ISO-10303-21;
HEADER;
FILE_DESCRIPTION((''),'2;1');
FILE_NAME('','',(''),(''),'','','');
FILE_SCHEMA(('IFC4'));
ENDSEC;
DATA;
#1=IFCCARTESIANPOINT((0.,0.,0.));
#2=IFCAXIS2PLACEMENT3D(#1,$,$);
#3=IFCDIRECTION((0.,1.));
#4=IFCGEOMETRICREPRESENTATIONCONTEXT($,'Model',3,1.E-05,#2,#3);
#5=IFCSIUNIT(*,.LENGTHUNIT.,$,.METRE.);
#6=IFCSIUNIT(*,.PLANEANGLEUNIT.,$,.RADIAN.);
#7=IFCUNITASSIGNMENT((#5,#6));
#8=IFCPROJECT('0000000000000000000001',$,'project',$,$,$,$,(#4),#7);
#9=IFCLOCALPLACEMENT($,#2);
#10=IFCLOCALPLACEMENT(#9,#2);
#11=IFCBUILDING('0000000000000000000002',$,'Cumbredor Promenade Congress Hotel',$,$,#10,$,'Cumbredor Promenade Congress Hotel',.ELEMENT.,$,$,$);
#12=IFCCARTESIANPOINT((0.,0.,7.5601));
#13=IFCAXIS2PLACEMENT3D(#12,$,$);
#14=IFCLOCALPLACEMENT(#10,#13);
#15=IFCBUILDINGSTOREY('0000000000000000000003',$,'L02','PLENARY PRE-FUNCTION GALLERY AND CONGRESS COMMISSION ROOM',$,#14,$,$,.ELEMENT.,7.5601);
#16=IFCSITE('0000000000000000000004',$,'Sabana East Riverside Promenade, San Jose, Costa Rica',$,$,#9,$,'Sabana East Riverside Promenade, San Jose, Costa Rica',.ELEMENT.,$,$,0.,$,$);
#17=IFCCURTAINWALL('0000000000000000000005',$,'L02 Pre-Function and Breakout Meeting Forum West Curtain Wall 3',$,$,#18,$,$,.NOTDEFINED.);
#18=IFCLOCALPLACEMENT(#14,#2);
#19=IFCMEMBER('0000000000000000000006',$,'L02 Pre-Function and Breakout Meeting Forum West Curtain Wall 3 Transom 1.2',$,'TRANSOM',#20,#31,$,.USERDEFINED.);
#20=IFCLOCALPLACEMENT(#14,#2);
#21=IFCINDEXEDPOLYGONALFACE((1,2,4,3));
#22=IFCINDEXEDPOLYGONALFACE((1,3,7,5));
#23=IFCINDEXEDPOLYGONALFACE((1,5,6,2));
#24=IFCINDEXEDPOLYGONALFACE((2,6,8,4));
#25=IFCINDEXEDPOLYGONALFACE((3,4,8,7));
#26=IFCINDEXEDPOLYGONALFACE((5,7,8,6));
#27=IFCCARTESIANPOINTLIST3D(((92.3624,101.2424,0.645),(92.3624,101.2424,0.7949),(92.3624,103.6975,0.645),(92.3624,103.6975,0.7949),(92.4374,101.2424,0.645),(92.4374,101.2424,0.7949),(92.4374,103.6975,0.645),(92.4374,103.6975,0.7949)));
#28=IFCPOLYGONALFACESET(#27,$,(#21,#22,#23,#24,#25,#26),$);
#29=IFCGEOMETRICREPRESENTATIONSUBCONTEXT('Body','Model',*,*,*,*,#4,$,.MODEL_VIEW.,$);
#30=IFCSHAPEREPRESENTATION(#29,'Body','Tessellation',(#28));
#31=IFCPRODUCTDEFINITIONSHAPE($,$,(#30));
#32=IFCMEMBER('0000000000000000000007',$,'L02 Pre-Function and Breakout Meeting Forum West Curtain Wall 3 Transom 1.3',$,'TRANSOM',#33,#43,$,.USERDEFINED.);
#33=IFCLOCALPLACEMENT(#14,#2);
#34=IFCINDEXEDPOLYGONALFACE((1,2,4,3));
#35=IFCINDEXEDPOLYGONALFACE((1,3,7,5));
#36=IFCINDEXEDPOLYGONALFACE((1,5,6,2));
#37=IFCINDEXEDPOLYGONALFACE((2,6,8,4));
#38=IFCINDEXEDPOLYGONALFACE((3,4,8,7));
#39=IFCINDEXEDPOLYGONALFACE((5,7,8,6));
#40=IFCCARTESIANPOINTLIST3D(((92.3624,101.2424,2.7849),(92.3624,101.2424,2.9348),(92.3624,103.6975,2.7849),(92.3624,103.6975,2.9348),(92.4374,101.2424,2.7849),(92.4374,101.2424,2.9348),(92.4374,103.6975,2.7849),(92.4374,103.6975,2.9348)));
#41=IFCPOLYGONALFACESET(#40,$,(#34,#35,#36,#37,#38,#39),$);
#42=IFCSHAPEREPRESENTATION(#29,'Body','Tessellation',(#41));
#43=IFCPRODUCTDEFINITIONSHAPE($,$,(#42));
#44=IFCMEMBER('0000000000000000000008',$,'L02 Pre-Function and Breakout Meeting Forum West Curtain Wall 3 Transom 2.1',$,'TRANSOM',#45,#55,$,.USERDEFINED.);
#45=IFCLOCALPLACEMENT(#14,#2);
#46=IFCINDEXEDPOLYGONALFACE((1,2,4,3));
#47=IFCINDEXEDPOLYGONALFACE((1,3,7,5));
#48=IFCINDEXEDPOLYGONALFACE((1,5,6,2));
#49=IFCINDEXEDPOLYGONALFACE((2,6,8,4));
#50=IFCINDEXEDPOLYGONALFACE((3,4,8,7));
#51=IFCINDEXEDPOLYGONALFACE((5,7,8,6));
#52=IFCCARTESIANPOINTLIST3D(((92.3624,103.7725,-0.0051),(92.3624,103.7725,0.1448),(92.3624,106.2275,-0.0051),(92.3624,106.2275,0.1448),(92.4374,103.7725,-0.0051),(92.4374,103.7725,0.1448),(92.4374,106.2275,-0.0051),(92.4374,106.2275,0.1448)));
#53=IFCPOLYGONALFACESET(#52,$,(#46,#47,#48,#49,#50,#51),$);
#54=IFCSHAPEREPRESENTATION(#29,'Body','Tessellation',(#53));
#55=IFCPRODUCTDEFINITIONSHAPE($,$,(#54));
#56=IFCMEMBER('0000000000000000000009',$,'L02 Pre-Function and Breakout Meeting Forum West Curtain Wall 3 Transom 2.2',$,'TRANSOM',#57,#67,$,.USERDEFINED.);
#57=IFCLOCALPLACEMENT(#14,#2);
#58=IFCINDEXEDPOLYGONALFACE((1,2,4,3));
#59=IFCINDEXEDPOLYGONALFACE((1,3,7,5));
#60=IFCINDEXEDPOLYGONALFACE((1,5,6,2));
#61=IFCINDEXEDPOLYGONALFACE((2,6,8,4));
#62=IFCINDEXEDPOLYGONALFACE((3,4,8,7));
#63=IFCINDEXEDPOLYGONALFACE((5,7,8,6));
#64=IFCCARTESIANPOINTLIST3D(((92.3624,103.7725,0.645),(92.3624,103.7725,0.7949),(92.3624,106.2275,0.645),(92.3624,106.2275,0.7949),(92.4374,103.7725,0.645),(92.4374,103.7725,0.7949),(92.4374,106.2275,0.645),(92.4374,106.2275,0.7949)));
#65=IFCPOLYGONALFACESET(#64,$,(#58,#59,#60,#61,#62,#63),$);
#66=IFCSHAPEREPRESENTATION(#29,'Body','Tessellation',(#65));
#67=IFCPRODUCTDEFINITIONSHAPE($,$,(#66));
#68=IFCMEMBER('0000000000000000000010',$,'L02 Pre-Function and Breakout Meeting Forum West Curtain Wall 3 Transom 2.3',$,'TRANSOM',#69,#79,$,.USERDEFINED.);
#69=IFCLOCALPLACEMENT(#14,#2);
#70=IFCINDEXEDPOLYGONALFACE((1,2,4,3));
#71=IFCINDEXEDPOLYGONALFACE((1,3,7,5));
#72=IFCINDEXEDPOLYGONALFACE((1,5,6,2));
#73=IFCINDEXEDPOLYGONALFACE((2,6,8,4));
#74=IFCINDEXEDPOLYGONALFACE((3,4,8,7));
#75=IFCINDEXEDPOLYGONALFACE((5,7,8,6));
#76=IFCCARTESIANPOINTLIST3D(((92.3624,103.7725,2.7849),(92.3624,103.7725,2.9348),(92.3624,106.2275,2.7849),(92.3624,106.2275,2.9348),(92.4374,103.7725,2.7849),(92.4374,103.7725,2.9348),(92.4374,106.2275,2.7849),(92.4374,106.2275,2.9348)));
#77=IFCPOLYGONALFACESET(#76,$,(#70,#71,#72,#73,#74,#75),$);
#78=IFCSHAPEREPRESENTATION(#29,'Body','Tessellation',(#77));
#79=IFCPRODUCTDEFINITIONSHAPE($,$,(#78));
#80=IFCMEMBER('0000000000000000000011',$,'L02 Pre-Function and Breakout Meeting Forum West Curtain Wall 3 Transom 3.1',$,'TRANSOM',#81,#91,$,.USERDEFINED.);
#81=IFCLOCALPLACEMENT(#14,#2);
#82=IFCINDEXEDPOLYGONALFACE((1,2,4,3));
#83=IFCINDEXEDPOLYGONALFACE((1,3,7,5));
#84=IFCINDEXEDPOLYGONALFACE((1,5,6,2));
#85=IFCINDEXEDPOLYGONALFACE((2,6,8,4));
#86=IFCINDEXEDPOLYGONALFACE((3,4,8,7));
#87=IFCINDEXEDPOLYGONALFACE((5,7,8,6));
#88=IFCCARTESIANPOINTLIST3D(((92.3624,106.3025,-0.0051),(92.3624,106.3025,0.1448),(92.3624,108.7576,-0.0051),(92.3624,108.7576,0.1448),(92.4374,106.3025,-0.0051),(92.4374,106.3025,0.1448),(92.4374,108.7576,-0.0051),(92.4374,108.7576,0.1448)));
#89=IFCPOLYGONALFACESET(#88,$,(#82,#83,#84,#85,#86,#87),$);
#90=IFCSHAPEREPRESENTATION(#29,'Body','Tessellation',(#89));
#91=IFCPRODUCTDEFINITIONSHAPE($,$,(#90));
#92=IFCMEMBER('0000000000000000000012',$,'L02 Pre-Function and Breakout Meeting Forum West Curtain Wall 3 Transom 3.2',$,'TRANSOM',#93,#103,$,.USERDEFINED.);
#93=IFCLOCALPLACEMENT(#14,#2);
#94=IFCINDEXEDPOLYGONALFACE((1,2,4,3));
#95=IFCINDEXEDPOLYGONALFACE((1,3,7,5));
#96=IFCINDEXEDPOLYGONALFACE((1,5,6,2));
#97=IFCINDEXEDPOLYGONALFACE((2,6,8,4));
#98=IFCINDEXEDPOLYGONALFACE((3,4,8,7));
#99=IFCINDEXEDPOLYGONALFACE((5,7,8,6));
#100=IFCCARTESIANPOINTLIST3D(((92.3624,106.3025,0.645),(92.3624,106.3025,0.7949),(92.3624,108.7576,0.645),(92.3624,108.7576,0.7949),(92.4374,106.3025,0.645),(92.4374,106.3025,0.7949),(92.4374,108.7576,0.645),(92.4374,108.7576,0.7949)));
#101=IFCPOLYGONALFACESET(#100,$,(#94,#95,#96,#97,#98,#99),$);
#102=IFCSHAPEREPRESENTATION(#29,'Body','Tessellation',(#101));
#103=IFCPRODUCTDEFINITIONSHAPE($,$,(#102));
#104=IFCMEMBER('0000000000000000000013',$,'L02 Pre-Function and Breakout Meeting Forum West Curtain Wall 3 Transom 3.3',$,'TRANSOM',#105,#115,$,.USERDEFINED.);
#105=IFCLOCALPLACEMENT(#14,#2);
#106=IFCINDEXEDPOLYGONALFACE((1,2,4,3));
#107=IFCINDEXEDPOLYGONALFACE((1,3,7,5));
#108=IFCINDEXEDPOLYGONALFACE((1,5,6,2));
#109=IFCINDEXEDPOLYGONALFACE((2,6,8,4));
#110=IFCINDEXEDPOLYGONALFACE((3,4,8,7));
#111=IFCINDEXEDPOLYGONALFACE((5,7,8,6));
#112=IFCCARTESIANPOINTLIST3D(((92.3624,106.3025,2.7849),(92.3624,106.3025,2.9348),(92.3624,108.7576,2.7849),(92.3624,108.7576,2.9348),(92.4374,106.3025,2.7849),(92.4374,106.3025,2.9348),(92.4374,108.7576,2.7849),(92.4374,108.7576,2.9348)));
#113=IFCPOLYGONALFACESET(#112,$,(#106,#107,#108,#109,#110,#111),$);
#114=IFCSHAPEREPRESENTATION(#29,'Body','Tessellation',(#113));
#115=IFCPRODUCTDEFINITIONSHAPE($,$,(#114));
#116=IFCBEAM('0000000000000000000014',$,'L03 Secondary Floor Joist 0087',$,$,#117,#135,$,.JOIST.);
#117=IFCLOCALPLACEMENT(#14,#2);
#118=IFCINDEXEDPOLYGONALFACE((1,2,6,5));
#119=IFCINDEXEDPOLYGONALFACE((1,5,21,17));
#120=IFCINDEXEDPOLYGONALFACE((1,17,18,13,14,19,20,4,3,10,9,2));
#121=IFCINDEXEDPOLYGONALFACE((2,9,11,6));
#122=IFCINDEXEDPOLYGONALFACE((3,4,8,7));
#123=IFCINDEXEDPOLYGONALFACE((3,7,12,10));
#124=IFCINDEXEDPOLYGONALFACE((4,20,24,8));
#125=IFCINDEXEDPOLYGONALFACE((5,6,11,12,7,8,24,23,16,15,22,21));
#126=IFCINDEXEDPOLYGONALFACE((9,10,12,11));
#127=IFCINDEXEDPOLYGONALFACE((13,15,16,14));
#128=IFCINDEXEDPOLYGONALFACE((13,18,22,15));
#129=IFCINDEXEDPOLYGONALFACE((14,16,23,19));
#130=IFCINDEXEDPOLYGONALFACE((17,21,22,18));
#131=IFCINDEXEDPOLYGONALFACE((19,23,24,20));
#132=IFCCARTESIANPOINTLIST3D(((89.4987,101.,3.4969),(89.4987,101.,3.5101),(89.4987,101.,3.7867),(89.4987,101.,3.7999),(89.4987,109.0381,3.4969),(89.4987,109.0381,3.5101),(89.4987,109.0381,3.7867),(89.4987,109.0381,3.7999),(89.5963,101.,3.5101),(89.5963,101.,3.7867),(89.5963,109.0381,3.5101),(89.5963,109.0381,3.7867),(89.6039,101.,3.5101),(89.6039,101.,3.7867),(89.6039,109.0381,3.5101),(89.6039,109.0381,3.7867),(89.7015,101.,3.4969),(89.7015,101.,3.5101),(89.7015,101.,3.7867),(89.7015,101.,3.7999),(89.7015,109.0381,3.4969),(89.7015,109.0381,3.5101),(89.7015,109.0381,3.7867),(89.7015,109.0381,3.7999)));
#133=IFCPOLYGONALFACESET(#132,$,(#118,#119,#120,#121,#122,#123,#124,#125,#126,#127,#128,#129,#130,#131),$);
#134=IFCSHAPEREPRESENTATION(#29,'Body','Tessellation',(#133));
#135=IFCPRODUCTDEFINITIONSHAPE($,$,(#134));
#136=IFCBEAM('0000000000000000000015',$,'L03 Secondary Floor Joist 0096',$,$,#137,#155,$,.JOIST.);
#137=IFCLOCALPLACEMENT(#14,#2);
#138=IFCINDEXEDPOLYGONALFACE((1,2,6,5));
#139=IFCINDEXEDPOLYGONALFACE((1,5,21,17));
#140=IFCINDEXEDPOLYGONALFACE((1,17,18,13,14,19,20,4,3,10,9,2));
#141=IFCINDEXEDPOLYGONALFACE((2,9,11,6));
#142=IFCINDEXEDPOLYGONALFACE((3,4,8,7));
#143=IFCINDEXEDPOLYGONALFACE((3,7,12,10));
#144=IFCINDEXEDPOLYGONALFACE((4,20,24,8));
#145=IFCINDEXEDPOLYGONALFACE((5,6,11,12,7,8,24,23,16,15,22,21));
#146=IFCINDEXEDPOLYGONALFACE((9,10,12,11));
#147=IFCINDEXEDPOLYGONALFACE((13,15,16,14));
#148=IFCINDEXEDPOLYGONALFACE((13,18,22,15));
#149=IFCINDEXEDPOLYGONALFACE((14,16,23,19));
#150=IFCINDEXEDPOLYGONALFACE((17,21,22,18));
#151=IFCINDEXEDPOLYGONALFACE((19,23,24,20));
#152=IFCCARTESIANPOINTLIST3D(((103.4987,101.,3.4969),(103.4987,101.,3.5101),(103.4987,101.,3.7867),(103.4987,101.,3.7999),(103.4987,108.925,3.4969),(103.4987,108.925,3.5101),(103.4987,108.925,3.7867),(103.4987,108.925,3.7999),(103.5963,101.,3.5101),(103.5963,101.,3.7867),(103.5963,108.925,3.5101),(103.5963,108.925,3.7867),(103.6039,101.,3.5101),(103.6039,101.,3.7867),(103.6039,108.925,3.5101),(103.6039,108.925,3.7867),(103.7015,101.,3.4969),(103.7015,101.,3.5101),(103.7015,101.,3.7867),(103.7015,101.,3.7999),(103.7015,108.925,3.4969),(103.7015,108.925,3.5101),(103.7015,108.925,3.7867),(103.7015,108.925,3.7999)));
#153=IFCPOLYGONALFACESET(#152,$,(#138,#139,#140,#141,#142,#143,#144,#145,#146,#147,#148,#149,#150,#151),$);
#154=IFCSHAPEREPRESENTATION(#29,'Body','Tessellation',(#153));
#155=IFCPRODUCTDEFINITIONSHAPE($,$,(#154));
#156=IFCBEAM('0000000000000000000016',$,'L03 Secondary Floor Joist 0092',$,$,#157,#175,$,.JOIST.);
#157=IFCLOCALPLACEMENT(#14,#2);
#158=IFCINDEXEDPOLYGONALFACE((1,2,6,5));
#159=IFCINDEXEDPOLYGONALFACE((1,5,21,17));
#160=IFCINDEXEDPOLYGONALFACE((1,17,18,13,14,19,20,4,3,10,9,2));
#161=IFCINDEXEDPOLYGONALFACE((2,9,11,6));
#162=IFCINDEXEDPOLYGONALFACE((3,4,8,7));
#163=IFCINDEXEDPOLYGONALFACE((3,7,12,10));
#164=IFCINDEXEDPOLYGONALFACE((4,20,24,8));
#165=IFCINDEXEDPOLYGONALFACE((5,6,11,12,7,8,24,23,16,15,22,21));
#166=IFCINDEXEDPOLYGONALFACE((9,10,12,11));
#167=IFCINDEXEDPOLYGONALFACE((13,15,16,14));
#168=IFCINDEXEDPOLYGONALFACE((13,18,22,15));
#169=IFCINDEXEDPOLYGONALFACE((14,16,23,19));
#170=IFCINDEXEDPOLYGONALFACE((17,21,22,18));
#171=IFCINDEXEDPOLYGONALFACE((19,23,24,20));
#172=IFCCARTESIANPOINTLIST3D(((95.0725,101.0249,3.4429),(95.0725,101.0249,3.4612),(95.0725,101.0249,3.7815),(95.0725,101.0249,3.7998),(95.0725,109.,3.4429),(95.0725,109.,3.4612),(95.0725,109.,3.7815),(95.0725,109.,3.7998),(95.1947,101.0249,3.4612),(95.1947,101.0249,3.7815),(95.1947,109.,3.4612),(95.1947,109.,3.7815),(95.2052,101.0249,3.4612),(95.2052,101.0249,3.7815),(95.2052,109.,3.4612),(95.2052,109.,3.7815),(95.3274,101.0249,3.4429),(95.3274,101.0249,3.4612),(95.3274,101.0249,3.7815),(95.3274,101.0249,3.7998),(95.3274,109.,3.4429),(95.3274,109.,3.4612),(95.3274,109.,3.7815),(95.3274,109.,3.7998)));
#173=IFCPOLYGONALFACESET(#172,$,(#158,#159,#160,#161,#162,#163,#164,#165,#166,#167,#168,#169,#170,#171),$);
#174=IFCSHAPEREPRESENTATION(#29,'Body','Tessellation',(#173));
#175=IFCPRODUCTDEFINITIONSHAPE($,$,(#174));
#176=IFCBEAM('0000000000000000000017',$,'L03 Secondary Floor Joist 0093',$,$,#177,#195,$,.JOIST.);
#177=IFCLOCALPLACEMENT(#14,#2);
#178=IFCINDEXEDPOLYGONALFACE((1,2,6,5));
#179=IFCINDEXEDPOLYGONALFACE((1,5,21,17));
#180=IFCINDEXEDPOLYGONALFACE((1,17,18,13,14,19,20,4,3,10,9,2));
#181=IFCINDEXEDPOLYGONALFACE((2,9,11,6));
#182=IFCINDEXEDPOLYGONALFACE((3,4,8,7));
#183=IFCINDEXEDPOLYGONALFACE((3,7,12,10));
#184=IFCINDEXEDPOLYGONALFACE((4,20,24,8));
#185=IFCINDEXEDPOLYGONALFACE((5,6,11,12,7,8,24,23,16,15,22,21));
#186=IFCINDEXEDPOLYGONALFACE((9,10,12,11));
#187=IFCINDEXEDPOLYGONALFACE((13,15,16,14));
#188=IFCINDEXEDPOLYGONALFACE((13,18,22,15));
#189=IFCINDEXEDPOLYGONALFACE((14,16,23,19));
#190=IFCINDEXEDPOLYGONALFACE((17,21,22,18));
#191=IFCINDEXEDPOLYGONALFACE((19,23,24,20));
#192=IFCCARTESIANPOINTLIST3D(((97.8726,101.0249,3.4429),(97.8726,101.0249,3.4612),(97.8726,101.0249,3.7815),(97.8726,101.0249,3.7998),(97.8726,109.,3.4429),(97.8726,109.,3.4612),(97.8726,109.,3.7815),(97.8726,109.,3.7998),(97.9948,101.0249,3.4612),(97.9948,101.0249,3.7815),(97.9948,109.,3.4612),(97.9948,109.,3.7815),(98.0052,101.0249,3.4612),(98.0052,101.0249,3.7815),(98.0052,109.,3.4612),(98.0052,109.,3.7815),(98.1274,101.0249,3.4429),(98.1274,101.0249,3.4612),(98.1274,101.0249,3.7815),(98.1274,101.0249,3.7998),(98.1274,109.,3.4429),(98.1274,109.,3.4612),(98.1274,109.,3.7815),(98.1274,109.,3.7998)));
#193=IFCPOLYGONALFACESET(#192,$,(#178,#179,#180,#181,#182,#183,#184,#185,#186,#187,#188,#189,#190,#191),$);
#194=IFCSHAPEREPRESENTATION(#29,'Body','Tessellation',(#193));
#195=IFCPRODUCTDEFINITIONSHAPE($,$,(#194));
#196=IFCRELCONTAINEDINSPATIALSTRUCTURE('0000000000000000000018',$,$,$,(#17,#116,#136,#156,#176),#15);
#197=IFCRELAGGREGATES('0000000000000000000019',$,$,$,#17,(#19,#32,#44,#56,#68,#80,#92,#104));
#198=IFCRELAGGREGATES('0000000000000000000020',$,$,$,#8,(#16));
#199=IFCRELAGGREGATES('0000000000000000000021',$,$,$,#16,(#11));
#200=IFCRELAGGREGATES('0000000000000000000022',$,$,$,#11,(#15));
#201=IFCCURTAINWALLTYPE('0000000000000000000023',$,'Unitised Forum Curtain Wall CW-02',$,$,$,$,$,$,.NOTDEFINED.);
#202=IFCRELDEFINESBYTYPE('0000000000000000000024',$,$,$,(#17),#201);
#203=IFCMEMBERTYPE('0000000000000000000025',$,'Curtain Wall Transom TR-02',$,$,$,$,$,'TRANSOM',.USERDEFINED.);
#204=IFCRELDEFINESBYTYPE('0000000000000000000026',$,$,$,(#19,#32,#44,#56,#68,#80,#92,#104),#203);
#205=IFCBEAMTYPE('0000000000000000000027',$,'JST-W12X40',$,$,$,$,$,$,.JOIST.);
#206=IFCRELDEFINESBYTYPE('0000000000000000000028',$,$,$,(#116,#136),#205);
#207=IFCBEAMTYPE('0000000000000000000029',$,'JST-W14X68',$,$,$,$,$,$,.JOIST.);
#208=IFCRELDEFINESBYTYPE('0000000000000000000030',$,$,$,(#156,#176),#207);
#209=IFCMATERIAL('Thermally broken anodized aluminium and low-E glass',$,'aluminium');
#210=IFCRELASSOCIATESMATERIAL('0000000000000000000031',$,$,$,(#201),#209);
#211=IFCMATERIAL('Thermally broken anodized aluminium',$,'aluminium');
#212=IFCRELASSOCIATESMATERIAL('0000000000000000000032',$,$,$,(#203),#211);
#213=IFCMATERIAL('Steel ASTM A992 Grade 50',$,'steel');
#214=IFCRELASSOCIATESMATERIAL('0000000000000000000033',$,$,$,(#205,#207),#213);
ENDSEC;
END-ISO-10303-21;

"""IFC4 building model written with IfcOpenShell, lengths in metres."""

from ifc_helpers import new_model, si_unit, direction, frame, origin, origin_2d, place, context, subcontext, project, spatial, rectangle, i_section, extrude, material, material_profile, profile_set, type_object, element, aggregate, save


model = new_model("IFC4")

# Units and contexts
model_context = context("Model", 3, precision=1e-05, world=origin(), true_north=direction((0.0, 1.0)))
body_context = subcontext(model_context, "Body", "Model", "MODEL_VIEW")
ifc_project = project(units=[si_unit("LENGTHUNIT", "METRE"), si_unit("PLANEANGLEUNIT", "RADIAN")], contexts=[model_context])

# Site, building, storey
site_placement = place(None, origin())
site = spatial("IfcSite", under=ifc_project, at=site_placement, Name="Sabana East Riverside Promenade, San Jose, Costa Rica", LongName="Sabana East Riverside Promenade, San Jose, Costa Rica", CompositionType="ELEMENT", RefElevation=0.0)
building_placement = place(site_placement, origin())
building = spatial("IfcBuilding", under=site, at=building_placement, Name="Cumbredor Promenade Congress Hotel", LongName="Cumbredor Promenade Congress Hotel", CompositionType="ELEMENT")
storey_placement = place(building_placement, frame((0.0, 0.0, 7.5601)))
storey = spatial("IfcBuildingStorey", under=building, at=storey_placement, Name="L02", Description="PLENARY PRE-FUNCTION GALLERY AND CONGRESS COMMISSION ROOM", CompositionType="ELEMENT", Elevation=7.5601)

# Shared definitions
ifc_material_1 = material(Name="Steel ASTM A992 Grade 50", Category="steel")

# Shared definitions
ifc_material_2 = material(Name="Thermally broken anodized aluminium and low-E glass", Category="aluminium")
ifc_material_3 = material(Name="Thermally broken anodized aluminium", Category="aluminium")

# Curtain wall, members
curtain_wall_type_1 = type_object("IfcCurtainWallType", Name="Unitised Forum Curtain Wall CW-02", PredefinedType="NOTDEFINED", material=ifc_material_2)
curtain_wall_1_placement = place(storey_placement, origin())
curtain_wall_1 = element("IfcCurtainWall", 1, at=curtain_wall_1_placement, inside=storey, type_object=curtain_wall_type_1, Name="L02 Pre-Function and Breakout Meeting Forum West Curtain Wall 3", PredefinedType="NOTDEFINED")
ifc_material_profile_1 = material_profile(ifc_material_3, rectangle(XDim=0.075, YDim=0.1499, at=origin_2d()), Name="ALU TRANSOM 75x150")
ifc_profile_set_1 = profile_set([ifc_material_profile_1], Name="Thermally broken anodized aluminium")
member_type_1 = type_object("IfcMemberType", Name="Curtain Wall Transom TR-02", ElementType="TRANSOM", PredefinedType="USERDEFINED", material=ifc_profile_set_1)
member_1_placement = place(storey_placement, frame((92.3999, 101.2424, 0.72), z_axis=(0.0, 1.0, 0.0), x_axis=(-1.0, 0.0, 0.0)))
member_1 = element("IfcMember", 2, at=member_1_placement, type_object=member_type_1, Name="L02 Pre-Function and Breakout Meeting Forum West Curtain Wall 3 Transom 1.2", ObjectType="TRANSOM", PredefinedType="USERDEFINED", context=body_context, shape_type="SweptSolid", body=[
    extrude(rectangle(XDim=0.075, YDim=0.1499, at=origin_2d()), origin(), (0.0, 0.0, 1.0), 2.4551),
])
member_2_placement = place(storey_placement, frame((92.3999, 101.2424, 2.8599), z_axis=(0.0, 1.0, 0.0), x_axis=(-1.0, 0.0, 0.0)))
member_2 = element("IfcMember", 3, at=member_2_placement, type_object=member_type_1, Name="L02 Pre-Function and Breakout Meeting Forum West Curtain Wall 3 Transom 1.3", ObjectType="TRANSOM", PredefinedType="USERDEFINED", context=body_context, shape_type="SweptSolid", body=[
    extrude(rectangle(XDim=0.075, YDim=0.1499, at=origin_2d()), origin(), (0.0, 0.0, 1.0), 2.4551),
])
member_3_placement = place(storey_placement, frame((92.3999, 103.7725, 0.0698), z_axis=(0.0, 1.0, 0.0), x_axis=(-1.0, 0.0, 0.0)))
member_3 = element("IfcMember", 4, at=member_3_placement, type_object=member_type_1, Name="L02 Pre-Function and Breakout Meeting Forum West Curtain Wall 3 Transom 2.1", ObjectType="TRANSOM", PredefinedType="USERDEFINED", context=body_context, shape_type="SweptSolid", body=[
    extrude(rectangle(XDim=0.075, YDim=0.1499, at=origin_2d()), origin(), (0.0, 0.0, 1.0), 2.4551),
])
member_4_placement = place(storey_placement, frame((92.3999, 103.7725, 0.72), z_axis=(0.0, 1.0, 0.0), x_axis=(-1.0, 0.0, 0.0)))
member_4 = element("IfcMember", 5, at=member_4_placement, type_object=member_type_1, Name="L02 Pre-Function and Breakout Meeting Forum West Curtain Wall 3 Transom 2.2", ObjectType="TRANSOM", PredefinedType="USERDEFINED", context=body_context, shape_type="SweptSolid", body=[
    extrude(rectangle(XDim=0.075, YDim=0.1499, at=origin_2d()), origin(), (0.0, 0.0, 1.0), 2.4551),
])
member_5_placement = place(storey_placement, frame((92.3999, 103.7725, 2.8599), z_axis=(0.0, 1.0, 0.0), x_axis=(-1.0, 0.0, 0.0)))
member_5 = element("IfcMember", 6, at=member_5_placement, type_object=member_type_1, Name="L02 Pre-Function and Breakout Meeting Forum West Curtain Wall 3 Transom 2.3", ObjectType="TRANSOM", PredefinedType="USERDEFINED", context=body_context, shape_type="SweptSolid", body=[
    extrude(rectangle(XDim=0.075, YDim=0.1499, at=origin_2d()), origin(), (0.0, 0.0, 1.0), 2.4551),
])
member_6_placement = place(storey_placement, frame((92.3999, 106.3025, 0.0698), z_axis=(0.0, 1.0, 0.0), x_axis=(-1.0, 0.0, 0.0)))
member_6 = element("IfcMember", 7, at=member_6_placement, type_object=member_type_1, Name="L02 Pre-Function and Breakout Meeting Forum West Curtain Wall 3 Transom 3.1", ObjectType="TRANSOM", PredefinedType="USERDEFINED", context=body_context, shape_type="SweptSolid", body=[
    extrude(rectangle(XDim=0.075, YDim=0.1499, at=origin_2d()), origin(), (0.0, 0.0, 1.0), 2.4551),
])
member_7_placement = place(storey_placement, frame((92.3999, 106.3025, 0.72), z_axis=(0.0, 1.0, 0.0), x_axis=(-1.0, 0.0, 0.0)))
member_7 = element("IfcMember", 8, at=member_7_placement, type_object=member_type_1, Name="L02 Pre-Function and Breakout Meeting Forum West Curtain Wall 3 Transom 3.2", ObjectType="TRANSOM", PredefinedType="USERDEFINED", context=body_context, shape_type="SweptSolid", body=[
    extrude(rectangle(XDim=0.075, YDim=0.1499, at=origin_2d()), origin(), (0.0, 0.0, 1.0), 2.4551),
])
member_8_placement = place(storey_placement, frame((92.3999, 106.3025, 2.8599), z_axis=(0.0, 1.0, 0.0), x_axis=(-1.0, 0.0, 0.0)))
member_8 = element("IfcMember", 9, at=member_8_placement, type_object=member_type_1, Name="L02 Pre-Function and Breakout Meeting Forum West Curtain Wall 3 Transom 3.3", ObjectType="TRANSOM", PredefinedType="USERDEFINED", context=body_context, shape_type="SweptSolid", body=[
    extrude(rectangle(XDim=0.075, YDim=0.1499, at=origin_2d()), origin(), (0.0, 0.0, 1.0), 2.4551),
])

# Beams
ifc_material_profile_2 = material_profile(ifc_material_1, i_section(OverallWidth=0.2029, OverallDepth=0.303, WebThickness=0.0076, FlangeThickness=0.0132, at=origin_2d()), Name="W12X40")
ifc_profile_set_2 = profile_set([ifc_material_profile_2], Name="Steel ASTM A992 Grade 50")
beam_type_1 = type_object("IfcBeamType", Name="JST-W12X40", PredefinedType="JOIST", material=ifc_profile_set_2)
beam_1_placement = place(storey_placement, frame((89.6001, 101.0, 3.6484), z_axis=(0.0, 1.0, 0.0), x_axis=(-1.0, 0.0, 0.0)))
element("IfcBeam", 10, at=beam_1_placement, inside=storey, type_object=beam_type_1, Name="L03 Secondary Floor Joist 0087", PredefinedType="JOIST", context=body_context, shape_type="SweptSolid", body=[
    extrude(i_section(OverallWidth=0.2029, OverallDepth=0.303, WebThickness=0.0076, FlangeThickness=0.0132, at=origin_2d()), origin(), (0.0, 0.0, 1.0), 8.0381),
])
beam_2_placement = place(storey_placement, frame((103.6001, 101.0, 3.6484), z_axis=(0.0, 1.0, 0.0), x_axis=(-1.0, 0.0, 0.0)))
element("IfcBeam", 11, at=beam_2_placement, inside=storey, type_object=beam_type_1, Name="L03 Secondary Floor Joist 0096", PredefinedType="JOIST", context=body_context, shape_type="SweptSolid", body=[
    extrude(i_section(OverallWidth=0.2029, OverallDepth=0.303, WebThickness=0.0076, FlangeThickness=0.0132, at=origin_2d()), origin(), (0.0, 0.0, 1.0), 7.925),
])
ifc_material_profile_3 = material_profile(ifc_material_1, i_section(OverallWidth=0.2549, OverallDepth=0.3569, WebThickness=0.0105, FlangeThickness=0.0183, at=origin_2d()), Name="W14X68")
ifc_profile_set_3 = profile_set([ifc_material_profile_3], Name="Steel ASTM A992 Grade 50")
beam_type_2 = type_object("IfcBeamType", Name="JST-W14X68", PredefinedType="JOIST", material=ifc_profile_set_3)
for number, where, z_axis, x_axis, name in (
    (12, (95.2, 101.0249, 3.6213), (0.0, 1.0, 0.0), (-1.0, 0.0, 0.0), "L03 Secondary Floor Joist 0092"),
    (13, (98.0, 101.0249, 3.6213), (0.0, 1.0, 0.0), (-1.0, 0.0, 0.0), "L03 Secondary Floor Joist 0093"),
):
    element("IfcBeam", number, at=place(storey_placement, frame(where, z_axis=z_axis, x_axis=x_axis)), inside=storey, type_object=beam_type_2, Name=name, PredefinedType="JOIST", context=body_context, shape_type="SweptSolid", body=[
        extrude(i_section(OverallWidth=0.2549, OverallDepth=0.3569, WebThickness=0.0105, FlangeThickness=0.0183, at=origin_2d()), origin(), (0.0, 0.0, 1.0), 7.9751),
    ])

aggregate(curtain_wall_1, [member_1, member_2, member_3, member_4, member_5, member_6, member_7, member_8])

save(model, "model.ifc")
